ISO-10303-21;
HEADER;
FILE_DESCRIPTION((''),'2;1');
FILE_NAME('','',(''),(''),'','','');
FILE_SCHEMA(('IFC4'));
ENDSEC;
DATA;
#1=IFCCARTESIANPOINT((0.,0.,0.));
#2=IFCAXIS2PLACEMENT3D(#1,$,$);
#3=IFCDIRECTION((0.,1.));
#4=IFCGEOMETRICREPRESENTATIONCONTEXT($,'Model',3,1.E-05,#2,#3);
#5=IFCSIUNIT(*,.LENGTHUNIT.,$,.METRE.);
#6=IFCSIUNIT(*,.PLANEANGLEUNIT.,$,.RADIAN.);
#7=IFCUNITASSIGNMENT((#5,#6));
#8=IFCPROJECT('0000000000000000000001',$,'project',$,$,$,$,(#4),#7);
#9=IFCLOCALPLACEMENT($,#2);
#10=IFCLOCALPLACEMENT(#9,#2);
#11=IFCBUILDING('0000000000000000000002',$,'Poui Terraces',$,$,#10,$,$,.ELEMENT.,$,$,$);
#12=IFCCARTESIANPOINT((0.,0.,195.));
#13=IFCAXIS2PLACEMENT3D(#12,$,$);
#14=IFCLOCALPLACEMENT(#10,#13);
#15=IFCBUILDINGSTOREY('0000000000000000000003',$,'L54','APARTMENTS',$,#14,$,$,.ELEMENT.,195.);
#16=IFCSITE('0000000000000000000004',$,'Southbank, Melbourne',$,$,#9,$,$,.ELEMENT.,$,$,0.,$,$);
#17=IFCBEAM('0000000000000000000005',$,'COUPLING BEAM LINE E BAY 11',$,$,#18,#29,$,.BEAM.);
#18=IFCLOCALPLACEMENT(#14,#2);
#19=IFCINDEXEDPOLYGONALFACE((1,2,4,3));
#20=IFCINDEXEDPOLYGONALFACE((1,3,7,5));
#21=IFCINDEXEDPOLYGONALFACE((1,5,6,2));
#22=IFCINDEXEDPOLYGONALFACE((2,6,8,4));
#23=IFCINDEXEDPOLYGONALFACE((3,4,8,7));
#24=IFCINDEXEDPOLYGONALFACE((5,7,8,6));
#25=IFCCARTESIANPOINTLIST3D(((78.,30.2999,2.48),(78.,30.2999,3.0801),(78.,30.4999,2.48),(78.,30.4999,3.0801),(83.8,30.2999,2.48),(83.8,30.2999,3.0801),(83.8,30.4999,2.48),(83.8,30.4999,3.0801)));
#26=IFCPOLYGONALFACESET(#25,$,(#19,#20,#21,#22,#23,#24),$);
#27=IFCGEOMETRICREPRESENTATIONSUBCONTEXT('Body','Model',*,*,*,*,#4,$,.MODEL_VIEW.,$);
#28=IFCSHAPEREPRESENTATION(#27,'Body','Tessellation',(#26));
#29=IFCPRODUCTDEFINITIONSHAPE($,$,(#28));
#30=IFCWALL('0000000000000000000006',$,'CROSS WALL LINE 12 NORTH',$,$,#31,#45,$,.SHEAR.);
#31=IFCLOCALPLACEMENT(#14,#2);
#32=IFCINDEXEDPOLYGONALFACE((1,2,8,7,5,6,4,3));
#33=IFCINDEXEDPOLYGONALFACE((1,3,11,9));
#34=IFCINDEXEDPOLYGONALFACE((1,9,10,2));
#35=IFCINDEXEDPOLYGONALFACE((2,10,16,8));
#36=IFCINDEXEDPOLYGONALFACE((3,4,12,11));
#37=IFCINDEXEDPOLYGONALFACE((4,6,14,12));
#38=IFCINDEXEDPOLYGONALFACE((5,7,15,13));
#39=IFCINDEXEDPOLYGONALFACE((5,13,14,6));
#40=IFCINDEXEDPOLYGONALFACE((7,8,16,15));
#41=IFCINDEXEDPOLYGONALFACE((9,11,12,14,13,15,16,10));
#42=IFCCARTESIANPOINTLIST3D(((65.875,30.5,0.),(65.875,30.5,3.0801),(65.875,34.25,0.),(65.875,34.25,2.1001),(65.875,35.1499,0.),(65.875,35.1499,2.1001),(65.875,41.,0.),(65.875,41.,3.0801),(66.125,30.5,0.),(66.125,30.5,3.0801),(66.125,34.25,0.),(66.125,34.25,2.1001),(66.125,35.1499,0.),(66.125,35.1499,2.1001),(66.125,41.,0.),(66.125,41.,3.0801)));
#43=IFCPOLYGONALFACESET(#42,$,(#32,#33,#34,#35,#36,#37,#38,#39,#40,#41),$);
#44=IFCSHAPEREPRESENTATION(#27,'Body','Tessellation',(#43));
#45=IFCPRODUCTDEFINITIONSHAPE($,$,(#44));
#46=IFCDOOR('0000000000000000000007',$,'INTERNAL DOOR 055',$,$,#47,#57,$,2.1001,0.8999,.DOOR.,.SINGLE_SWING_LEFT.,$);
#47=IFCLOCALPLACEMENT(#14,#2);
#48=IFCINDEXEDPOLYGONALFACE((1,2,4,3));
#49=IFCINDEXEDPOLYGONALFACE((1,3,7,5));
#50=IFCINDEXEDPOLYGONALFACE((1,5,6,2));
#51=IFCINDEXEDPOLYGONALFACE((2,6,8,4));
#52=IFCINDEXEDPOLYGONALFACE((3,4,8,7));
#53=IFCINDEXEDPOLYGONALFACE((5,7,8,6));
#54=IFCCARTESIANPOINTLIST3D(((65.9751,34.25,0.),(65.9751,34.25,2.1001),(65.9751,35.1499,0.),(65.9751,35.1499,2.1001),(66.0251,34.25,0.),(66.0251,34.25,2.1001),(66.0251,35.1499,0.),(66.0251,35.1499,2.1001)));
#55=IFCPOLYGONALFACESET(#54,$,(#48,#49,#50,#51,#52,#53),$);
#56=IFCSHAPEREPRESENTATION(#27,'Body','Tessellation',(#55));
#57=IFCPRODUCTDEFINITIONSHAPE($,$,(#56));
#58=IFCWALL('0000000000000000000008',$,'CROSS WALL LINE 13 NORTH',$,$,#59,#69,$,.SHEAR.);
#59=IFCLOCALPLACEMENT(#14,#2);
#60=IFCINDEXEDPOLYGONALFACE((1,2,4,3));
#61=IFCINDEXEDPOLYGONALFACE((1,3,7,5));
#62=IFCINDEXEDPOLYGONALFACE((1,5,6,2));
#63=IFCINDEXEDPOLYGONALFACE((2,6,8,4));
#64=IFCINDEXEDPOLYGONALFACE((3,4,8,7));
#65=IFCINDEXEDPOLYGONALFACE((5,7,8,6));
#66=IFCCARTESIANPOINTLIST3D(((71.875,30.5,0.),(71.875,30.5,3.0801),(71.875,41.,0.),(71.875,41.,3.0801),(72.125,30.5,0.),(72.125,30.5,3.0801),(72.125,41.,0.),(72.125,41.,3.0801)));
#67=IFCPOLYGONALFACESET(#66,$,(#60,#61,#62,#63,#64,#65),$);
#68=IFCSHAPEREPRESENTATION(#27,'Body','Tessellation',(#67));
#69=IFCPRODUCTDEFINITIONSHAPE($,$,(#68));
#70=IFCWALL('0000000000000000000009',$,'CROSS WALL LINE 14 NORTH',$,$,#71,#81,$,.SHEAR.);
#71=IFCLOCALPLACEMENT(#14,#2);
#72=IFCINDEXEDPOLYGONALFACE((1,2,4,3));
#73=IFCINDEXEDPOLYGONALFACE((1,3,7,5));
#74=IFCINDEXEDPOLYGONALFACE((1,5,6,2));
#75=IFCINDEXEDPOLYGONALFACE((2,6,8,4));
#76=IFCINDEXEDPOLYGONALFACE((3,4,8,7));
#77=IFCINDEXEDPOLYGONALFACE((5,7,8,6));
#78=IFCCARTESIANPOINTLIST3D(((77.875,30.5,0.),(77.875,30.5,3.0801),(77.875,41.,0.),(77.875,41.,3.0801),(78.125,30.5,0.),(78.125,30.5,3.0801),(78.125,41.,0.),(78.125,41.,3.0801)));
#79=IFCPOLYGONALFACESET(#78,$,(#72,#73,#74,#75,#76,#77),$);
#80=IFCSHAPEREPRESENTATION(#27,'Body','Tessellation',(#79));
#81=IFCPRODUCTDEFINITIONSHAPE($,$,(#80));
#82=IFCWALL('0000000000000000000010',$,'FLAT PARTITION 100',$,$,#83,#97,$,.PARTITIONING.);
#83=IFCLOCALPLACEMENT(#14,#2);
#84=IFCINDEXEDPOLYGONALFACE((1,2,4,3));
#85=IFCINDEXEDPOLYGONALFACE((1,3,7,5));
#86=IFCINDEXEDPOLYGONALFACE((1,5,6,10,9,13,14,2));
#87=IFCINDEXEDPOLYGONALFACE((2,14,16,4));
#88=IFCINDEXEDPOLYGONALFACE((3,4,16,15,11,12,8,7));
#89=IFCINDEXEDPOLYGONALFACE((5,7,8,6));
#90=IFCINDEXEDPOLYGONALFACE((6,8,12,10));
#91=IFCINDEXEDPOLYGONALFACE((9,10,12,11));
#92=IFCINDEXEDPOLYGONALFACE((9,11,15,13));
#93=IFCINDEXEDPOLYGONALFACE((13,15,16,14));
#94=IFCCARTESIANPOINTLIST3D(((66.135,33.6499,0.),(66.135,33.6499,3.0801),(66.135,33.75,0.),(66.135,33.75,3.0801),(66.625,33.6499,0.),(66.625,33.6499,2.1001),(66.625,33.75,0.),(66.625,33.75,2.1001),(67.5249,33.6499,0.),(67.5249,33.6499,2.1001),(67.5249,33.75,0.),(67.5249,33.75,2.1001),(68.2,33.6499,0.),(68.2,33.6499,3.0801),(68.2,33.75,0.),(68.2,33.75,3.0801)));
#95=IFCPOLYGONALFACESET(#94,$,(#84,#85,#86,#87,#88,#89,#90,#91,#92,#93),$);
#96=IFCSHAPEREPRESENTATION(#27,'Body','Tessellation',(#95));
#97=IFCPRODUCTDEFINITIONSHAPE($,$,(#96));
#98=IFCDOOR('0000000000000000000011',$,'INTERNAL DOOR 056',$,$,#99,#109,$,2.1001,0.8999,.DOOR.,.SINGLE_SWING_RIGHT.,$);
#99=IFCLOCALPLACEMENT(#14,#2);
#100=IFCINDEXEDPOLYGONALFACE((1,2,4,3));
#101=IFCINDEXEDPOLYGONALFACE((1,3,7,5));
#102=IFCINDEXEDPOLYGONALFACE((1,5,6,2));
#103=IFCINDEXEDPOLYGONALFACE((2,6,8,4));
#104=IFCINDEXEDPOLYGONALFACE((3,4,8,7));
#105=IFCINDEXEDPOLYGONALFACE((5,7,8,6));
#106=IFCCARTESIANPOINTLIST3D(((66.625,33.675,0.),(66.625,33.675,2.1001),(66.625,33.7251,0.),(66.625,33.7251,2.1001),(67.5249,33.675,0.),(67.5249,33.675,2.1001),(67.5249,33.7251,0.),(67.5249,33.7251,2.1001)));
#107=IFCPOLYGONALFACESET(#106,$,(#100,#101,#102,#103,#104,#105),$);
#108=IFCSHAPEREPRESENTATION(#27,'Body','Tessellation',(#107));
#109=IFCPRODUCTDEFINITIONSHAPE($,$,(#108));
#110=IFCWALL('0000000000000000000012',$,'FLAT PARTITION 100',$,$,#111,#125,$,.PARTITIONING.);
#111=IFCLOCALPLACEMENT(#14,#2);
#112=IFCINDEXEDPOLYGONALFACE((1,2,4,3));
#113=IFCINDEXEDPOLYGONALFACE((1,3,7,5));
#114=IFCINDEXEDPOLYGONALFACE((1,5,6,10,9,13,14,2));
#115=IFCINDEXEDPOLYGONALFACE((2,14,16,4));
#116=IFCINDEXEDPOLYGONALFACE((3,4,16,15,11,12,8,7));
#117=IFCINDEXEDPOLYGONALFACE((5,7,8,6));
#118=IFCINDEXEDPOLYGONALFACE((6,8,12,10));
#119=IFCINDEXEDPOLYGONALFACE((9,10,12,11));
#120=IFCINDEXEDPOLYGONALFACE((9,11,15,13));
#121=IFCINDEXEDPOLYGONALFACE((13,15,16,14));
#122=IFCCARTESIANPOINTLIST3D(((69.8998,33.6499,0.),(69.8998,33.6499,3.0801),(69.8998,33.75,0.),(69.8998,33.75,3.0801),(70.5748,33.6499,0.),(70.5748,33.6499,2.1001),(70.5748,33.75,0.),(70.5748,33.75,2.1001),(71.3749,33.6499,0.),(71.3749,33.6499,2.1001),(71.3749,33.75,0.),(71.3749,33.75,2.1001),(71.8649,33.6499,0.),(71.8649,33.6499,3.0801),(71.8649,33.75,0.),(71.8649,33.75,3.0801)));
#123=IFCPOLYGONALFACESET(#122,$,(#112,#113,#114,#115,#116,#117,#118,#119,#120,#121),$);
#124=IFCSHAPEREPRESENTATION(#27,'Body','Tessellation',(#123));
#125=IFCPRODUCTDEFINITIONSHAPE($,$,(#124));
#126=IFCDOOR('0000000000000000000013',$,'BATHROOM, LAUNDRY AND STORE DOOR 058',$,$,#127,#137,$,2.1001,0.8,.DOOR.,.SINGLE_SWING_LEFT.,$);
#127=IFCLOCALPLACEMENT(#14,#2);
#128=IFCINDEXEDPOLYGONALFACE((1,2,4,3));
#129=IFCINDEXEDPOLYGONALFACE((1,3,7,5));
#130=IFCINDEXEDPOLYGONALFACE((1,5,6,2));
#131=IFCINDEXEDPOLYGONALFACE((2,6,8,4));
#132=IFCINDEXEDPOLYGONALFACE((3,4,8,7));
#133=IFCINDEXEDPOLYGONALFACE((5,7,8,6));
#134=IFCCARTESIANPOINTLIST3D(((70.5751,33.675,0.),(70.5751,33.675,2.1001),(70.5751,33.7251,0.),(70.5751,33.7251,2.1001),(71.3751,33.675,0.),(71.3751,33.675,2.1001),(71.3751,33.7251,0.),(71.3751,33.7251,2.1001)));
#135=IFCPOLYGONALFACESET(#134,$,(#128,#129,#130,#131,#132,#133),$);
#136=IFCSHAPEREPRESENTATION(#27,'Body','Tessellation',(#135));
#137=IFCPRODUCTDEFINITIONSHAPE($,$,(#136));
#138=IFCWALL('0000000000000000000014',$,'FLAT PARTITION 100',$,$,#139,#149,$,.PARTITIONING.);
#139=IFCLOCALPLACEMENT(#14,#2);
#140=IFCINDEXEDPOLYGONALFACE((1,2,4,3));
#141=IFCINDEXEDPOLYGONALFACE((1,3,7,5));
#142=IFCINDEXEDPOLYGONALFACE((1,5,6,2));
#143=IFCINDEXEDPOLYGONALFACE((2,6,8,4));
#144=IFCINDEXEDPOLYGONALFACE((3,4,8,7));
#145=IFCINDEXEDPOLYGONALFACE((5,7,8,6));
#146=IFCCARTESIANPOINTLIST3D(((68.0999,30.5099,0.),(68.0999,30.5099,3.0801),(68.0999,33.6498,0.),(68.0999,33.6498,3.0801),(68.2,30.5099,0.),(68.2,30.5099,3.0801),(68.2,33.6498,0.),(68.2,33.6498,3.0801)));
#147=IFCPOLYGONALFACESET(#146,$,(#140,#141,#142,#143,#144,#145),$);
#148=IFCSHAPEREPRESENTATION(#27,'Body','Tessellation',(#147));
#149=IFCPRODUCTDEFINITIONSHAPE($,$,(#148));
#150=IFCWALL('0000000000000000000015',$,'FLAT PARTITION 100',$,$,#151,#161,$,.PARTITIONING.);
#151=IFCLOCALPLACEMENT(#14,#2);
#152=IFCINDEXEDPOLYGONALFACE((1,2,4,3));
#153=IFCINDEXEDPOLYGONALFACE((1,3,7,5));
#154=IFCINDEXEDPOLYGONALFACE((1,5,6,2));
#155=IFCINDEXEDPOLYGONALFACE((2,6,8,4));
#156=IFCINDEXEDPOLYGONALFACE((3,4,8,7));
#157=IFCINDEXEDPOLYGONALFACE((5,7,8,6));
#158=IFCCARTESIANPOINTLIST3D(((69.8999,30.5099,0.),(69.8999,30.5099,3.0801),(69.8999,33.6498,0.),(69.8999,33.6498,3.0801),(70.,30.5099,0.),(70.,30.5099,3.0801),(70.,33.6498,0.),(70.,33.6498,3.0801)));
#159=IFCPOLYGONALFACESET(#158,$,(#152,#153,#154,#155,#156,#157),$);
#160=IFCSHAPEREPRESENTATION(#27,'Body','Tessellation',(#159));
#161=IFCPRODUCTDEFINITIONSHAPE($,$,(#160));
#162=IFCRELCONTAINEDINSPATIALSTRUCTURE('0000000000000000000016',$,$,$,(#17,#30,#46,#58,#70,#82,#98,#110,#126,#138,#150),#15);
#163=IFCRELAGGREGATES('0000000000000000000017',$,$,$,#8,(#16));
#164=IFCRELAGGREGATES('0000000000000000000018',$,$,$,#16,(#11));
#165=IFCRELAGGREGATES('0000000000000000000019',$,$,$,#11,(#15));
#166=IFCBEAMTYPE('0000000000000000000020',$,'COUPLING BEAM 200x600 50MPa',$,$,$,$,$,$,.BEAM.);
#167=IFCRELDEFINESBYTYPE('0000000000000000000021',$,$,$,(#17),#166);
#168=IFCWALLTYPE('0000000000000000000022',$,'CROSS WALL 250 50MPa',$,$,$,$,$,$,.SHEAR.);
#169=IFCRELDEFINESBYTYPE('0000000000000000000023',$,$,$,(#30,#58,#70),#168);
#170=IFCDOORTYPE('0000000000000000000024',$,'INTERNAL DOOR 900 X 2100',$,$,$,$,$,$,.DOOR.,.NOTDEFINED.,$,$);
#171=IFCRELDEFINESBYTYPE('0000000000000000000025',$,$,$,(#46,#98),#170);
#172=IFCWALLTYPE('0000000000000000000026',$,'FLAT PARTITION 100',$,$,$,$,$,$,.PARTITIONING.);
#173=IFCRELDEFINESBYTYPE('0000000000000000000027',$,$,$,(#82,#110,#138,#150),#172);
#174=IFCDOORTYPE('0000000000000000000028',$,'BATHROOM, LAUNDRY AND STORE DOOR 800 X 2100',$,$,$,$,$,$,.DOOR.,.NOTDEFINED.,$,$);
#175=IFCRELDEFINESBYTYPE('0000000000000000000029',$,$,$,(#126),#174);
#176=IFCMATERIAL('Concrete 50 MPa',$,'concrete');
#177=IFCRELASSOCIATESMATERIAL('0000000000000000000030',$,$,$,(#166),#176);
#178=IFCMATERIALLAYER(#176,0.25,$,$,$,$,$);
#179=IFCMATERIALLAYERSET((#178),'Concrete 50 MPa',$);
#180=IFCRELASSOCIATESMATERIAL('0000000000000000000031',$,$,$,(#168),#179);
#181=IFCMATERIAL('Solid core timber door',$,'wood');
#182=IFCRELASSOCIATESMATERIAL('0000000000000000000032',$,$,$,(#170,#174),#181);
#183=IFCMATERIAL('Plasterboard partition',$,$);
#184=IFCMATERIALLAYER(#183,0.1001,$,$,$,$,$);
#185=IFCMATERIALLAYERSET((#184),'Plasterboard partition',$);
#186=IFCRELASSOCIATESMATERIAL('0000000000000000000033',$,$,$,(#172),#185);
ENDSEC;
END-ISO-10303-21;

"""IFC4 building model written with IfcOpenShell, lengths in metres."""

from ifc_helpers import new_model, si_unit, direction, frame, frame_2d, origin, origin_2d, place, context, subcontext, project, spatial, rectangle, extrude, source, transform, mapped, material, layer, layer_set, material_profile, profile_set, type_object, element, fill, save


model = new_model("IFC4")

# Units and contexts
model_context = context("Model", 3, precision=1e-05, world=origin(), true_north=direction((0.0, 1.0)))
body_context = subcontext(model_context, "Body", "Model", "MODEL_VIEW")
ifc_project = project(units=[si_unit("LENGTHUNIT", "METRE"), si_unit("PLANEANGLEUNIT", "RADIAN")], contexts=[model_context])

# Site, building, storey
site_placement = place(None, origin())
site = spatial("IfcSite", under=ifc_project, at=site_placement, Name="Southbank, Melbourne", CompositionType="ELEMENT", RefElevation=0.0)
building_placement = place(site_placement, origin())
building = spatial("IfcBuilding", under=site, at=building_placement, Name="Poui Terraces", CompositionType="ELEMENT")
storey_placement = place(building_placement, frame((0.0, 0.0, 195.0)))
storey = spatial("IfcBuildingStorey", under=building, at=storey_placement, Name="L54", Description="APARTMENTS", CompositionType="ELEMENT", Elevation=195.0)

# Beam
ifc_material_1 = material(Name="Concrete 50 MPa", Category="concrete")
ifc_material_profile = material_profile(ifc_material_1, rectangle(XDim=0.2, YDim=0.6001, at=origin_2d()), Name="RC 200x600")
ifc_profile_set = profile_set([ifc_material_profile], Name="Concrete 50 MPa")
beam_type = type_object("IfcBeamType", Name="COUPLING BEAM 200x600 50MPa", PredefinedType="BEAM", material=ifc_profile_set)
shared_shape = source(origin(), body_context, "Body", "SweptSolid", [
    extrude(rectangle(XDim=0.2, YDim=0.6001, at=origin_2d()), origin(), (0.0, 0.0, 1.0), 5.8),
])
beam_placement = place(storey_placement, frame((78.0, 30.3999, 2.78), z_axis=(1.0, 0.0, 0.0), x_axis=(0.0, 1.0, 0.0)))
element("IfcBeam", 1, at=beam_placement, inside=storey, type_object=beam_type, Name="COUPLING BEAM LINE E BAY 11", PredefinedType="BEAM", context=body_context, shape_type="MappedRepresentation", body=[
    mapped(shared_shape, transform((0.0, 0.0, 0.0))),
])

# Wall, opening, door
ifc_layer_1 = layer(ifc_material_1, 0.25)
ifc_layer_set_1 = layer_set([ifc_layer_1], Name="Concrete 50 MPa")
wall_type_1 = type_object("IfcWallType", Name="CROSS WALL 250 50MPa", PredefinedType="SHEAR", material=ifc_layer_set_1)
wall_1_placement = place(storey_placement, frame((66.0, 30.5, 0.0), z_axis=(0.0, 0.0, 1.0), x_axis=(0.0, 1.0, 0.0)))
wall_1 = element("IfcWall", 2, at=wall_1_placement, inside=storey, type_object=wall_type_1, Name="CROSS WALL LINE 12 NORTH", PredefinedType="SHEAR", context=body_context, shape_type="SweptSolid", body=[
    extrude(rectangle(XDim=10.5, YDim=0.25, at=frame_2d((5.25, 0.0))), origin(), (0.0, 0.0, 1.0), 3.0801),
])
opening_1_placement = place(wall_1_placement, frame((3.75, 0.0, 0.0)))
opening_1 = element("IfcOpeningElement", 3, at=opening_1_placement, cuts=wall_1, PredefinedType="OPENING", context=body_context, shape_type="SweptSolid", body=[
    extrude(rectangle(XDim=0.8999, YDim=2.1001, at=frame_2d((0.45, 1.05))), frame((0.0, 0.135, 0.0), z_axis=(0.0, -1.0, 0.0), x_axis=(1.0, 0.0, 0.0)), (0.0, 0.0, 1.0), 0.27),
])
ifc_material_2 = material(Name="Solid core timber door", Category="wood")
door_type_1 = type_object("IfcDoorType", Name="INTERNAL DOOR 900 X 2100", OperationType="NOTDEFINED", PredefinedType="DOOR", material=ifc_material_2)
door_1_placement = place(opening_1_placement, origin())
door_1 = element("IfcDoor", 4, at=door_1_placement, inside=storey, type_object=door_type_1, Name="INTERNAL DOOR 055", OperationType="SINGLE_SWING_LEFT", OverallHeight=2.1001, OverallWidth=0.8999, PredefinedType="DOOR", context=body_context, shape_type="SweptSolid", body=[
    extrude(rectangle(XDim=0.8999, YDim=2.1001, at=frame_2d((0.45, 1.05))), frame((0.0, 0.0249, 0.0), z_axis=(0.0, -1.0, 0.0), x_axis=(1.0, 0.0, 0.0)), (0.0, 0.0, 1.0), 0.05),
])
fill(opening_1, door_1)

# Walls
for number, where, z_axis, x_axis, name in (
    (5, (72.0, 30.5, 0.0), (0.0, 0.0, 1.0), (0.0, 1.0, 0.0), "CROSS WALL LINE 13 NORTH"),
    (6, (78.0, 30.5, 0.0), (0.0, 0.0, 1.0), (0.0, 1.0, 0.0), "CROSS WALL LINE 14 NORTH"),
):
    element("IfcWall", number, at=place(storey_placement, frame(where, z_axis=z_axis, x_axis=x_axis)), inside=storey, type_object=wall_type_1, Name=name, PredefinedType="SHEAR", context=body_context, shape_type="SweptSolid", body=[
        extrude(rectangle(XDim=10.5, YDim=0.25, at=frame_2d((5.25, 0.0))), origin(), (0.0, 0.0, 1.0), 3.0801),
    ])

# Walls, openings, doors
ifc_material_3 = material(Name="Plasterboard partition")
ifc_layer_2 = layer(ifc_material_3, 0.1001)
ifc_layer_set_2 = layer_set([ifc_layer_2], Name="Plasterboard partition")
wall_type_2 = type_object("IfcWallType", Name="FLAT PARTITION 100", PredefinedType="PARTITIONING", material=ifc_layer_set_2)
wall_2_placement = place(storey_placement, frame((66.135, 33.7, 0.0), z_axis=(0.0, 0.0, 1.0), x_axis=(1.0, 0.0, 0.0)))
wall_2 = element("IfcWall", 7, at=wall_2_placement, inside=storey, type_object=wall_type_2, Name="FLAT PARTITION 100", PredefinedType="PARTITIONING", context=body_context, shape_type="SweptSolid", body=[
    extrude(rectangle(XDim=2.0649, YDim=0.1001, at=frame_2d((1.0325, 0.0))), origin(), (0.0, 0.0, 1.0), 3.0801),
])
opening_2_placement = place(wall_2_placement, frame((0.49, 0.0, 0.0)))
opening_2 = element("IfcOpeningElement", 8, at=opening_2_placement, cuts=wall_2, PredefinedType="OPENING", context=body_context, shape_type="SweptSolid", body=[
    extrude(rectangle(XDim=0.8999, YDim=2.1001, at=frame_2d((0.45, 1.05))), frame((0.0, 0.0601, 0.0), z_axis=(0.0, -1.0, 0.0), x_axis=(1.0, 0.0, 0.0)), (0.0, 0.0, 1.0), 0.1201),
])
door_2_placement = place(opening_2_placement, frame((0.8999, 0.0, 0.0), z_axis=(0.0, 0.0, 1.0), x_axis=(-1.0, 0.0, 0.0)))
door_2 = element("IfcDoor", 9, at=door_2_placement, inside=storey, type_object=door_type_1, Name="INTERNAL DOOR 056", OperationType="SINGLE_SWING_RIGHT", OverallHeight=2.1001, OverallWidth=0.8999, PredefinedType="DOOR", context=body_context, shape_type="SweptSolid", body=[
    extrude(rectangle(XDim=0.8999, YDim=2.1001, at=frame_2d((0.45, 1.05))), frame((0.0, 0.0249, 0.0), z_axis=(0.0, -1.0, 0.0), x_axis=(1.0, 0.0, 0.0)), (0.0, 0.0, 1.0), 0.05),
])
fill(opening_2, door_2)
wall_3_placement = place(storey_placement, frame((69.8999, 33.7, 0.0), z_axis=(0.0, 0.0, 1.0), x_axis=(1.0, 0.0, 0.0)))
wall_3 = element("IfcWall", 10, at=wall_3_placement, inside=storey, type_object=wall_type_2, Name="FLAT PARTITION 100", PredefinedType="PARTITIONING", context=body_context, shape_type="SweptSolid", body=[
    extrude(rectangle(XDim=1.9651, YDim=0.1001, at=frame_2d((0.9824, 0.0))), origin(), (0.0, 0.0, 1.0), 3.0801),
])
opening_3_placement = place(wall_3_placement, frame((0.675, 0.0, 0.0)))
opening_3 = element("IfcOpeningElement", 11, at=opening_3_placement, cuts=wall_3, PredefinedType="OPENING", context=body_context, shape_type="SweptSolid", body=[
    extrude(rectangle(XDim=0.8, YDim=2.1001, at=frame_2d((0.3999, 1.05))), frame((0.0, 0.0601, 0.0), z_axis=(0.0, -1.0, 0.0), x_axis=(1.0, 0.0, 0.0)), (0.0, 0.0, 1.0), 0.1201),
])
door_type_2 = type_object("IfcDoorType", Name="BATHROOM, LAUNDRY AND STORE DOOR 800 X 2100", OperationType="NOTDEFINED", PredefinedType="DOOR", material=ifc_material_2)
door_3_placement = place(opening_3_placement, frame((0.8, 0.0, 0.0), z_axis=(0.0, 0.0, 1.0), x_axis=(-1.0, 0.0, 0.0)))
door_3 = element("IfcDoor", 12, at=door_3_placement, inside=storey, type_object=door_type_2, Name="BATHROOM, LAUNDRY AND STORE DOOR 058", OperationType="SINGLE_SWING_LEFT", OverallHeight=2.1001, OverallWidth=0.8, PredefinedType="DOOR", context=body_context, shape_type="SweptSolid", body=[
    extrude(rectangle(XDim=0.8, YDim=2.1001, at=frame_2d((0.3999, 1.05))), frame((0.0, 0.0249, 0.0), z_axis=(0.0, -1.0, 0.0), x_axis=(1.0, 0.0, 0.0)), (0.0, 0.0, 1.0), 0.05),
])
fill(opening_3, door_3)

# Walls
for number, where, z_axis, x_axis, name in (
    (13, (68.1499, 30.51, 0.0), (0.0, 0.0, 1.0), (0.0, 1.0, 0.0), "FLAT PARTITION 100"),
    (14, (69.95, 30.51, 0.0), (0.0, 0.0, 1.0), (0.0, 1.0, 0.0), "FLAT PARTITION 100"),
):
    element("IfcWall", number, at=place(storey_placement, frame(where, z_axis=z_axis, x_axis=x_axis)), inside=storey, type_object=wall_type_2, Name=name, PredefinedType="PARTITIONING", context=body_context, shape_type="SweptSolid", body=[
        extrude(rectangle(XDim=3.1399, YDim=0.1001, at=frame_2d((1.5698, 0.0))), origin(), (0.0, 0.0, 1.0), 3.0801),
    ])

save(model, "model.ifc")
